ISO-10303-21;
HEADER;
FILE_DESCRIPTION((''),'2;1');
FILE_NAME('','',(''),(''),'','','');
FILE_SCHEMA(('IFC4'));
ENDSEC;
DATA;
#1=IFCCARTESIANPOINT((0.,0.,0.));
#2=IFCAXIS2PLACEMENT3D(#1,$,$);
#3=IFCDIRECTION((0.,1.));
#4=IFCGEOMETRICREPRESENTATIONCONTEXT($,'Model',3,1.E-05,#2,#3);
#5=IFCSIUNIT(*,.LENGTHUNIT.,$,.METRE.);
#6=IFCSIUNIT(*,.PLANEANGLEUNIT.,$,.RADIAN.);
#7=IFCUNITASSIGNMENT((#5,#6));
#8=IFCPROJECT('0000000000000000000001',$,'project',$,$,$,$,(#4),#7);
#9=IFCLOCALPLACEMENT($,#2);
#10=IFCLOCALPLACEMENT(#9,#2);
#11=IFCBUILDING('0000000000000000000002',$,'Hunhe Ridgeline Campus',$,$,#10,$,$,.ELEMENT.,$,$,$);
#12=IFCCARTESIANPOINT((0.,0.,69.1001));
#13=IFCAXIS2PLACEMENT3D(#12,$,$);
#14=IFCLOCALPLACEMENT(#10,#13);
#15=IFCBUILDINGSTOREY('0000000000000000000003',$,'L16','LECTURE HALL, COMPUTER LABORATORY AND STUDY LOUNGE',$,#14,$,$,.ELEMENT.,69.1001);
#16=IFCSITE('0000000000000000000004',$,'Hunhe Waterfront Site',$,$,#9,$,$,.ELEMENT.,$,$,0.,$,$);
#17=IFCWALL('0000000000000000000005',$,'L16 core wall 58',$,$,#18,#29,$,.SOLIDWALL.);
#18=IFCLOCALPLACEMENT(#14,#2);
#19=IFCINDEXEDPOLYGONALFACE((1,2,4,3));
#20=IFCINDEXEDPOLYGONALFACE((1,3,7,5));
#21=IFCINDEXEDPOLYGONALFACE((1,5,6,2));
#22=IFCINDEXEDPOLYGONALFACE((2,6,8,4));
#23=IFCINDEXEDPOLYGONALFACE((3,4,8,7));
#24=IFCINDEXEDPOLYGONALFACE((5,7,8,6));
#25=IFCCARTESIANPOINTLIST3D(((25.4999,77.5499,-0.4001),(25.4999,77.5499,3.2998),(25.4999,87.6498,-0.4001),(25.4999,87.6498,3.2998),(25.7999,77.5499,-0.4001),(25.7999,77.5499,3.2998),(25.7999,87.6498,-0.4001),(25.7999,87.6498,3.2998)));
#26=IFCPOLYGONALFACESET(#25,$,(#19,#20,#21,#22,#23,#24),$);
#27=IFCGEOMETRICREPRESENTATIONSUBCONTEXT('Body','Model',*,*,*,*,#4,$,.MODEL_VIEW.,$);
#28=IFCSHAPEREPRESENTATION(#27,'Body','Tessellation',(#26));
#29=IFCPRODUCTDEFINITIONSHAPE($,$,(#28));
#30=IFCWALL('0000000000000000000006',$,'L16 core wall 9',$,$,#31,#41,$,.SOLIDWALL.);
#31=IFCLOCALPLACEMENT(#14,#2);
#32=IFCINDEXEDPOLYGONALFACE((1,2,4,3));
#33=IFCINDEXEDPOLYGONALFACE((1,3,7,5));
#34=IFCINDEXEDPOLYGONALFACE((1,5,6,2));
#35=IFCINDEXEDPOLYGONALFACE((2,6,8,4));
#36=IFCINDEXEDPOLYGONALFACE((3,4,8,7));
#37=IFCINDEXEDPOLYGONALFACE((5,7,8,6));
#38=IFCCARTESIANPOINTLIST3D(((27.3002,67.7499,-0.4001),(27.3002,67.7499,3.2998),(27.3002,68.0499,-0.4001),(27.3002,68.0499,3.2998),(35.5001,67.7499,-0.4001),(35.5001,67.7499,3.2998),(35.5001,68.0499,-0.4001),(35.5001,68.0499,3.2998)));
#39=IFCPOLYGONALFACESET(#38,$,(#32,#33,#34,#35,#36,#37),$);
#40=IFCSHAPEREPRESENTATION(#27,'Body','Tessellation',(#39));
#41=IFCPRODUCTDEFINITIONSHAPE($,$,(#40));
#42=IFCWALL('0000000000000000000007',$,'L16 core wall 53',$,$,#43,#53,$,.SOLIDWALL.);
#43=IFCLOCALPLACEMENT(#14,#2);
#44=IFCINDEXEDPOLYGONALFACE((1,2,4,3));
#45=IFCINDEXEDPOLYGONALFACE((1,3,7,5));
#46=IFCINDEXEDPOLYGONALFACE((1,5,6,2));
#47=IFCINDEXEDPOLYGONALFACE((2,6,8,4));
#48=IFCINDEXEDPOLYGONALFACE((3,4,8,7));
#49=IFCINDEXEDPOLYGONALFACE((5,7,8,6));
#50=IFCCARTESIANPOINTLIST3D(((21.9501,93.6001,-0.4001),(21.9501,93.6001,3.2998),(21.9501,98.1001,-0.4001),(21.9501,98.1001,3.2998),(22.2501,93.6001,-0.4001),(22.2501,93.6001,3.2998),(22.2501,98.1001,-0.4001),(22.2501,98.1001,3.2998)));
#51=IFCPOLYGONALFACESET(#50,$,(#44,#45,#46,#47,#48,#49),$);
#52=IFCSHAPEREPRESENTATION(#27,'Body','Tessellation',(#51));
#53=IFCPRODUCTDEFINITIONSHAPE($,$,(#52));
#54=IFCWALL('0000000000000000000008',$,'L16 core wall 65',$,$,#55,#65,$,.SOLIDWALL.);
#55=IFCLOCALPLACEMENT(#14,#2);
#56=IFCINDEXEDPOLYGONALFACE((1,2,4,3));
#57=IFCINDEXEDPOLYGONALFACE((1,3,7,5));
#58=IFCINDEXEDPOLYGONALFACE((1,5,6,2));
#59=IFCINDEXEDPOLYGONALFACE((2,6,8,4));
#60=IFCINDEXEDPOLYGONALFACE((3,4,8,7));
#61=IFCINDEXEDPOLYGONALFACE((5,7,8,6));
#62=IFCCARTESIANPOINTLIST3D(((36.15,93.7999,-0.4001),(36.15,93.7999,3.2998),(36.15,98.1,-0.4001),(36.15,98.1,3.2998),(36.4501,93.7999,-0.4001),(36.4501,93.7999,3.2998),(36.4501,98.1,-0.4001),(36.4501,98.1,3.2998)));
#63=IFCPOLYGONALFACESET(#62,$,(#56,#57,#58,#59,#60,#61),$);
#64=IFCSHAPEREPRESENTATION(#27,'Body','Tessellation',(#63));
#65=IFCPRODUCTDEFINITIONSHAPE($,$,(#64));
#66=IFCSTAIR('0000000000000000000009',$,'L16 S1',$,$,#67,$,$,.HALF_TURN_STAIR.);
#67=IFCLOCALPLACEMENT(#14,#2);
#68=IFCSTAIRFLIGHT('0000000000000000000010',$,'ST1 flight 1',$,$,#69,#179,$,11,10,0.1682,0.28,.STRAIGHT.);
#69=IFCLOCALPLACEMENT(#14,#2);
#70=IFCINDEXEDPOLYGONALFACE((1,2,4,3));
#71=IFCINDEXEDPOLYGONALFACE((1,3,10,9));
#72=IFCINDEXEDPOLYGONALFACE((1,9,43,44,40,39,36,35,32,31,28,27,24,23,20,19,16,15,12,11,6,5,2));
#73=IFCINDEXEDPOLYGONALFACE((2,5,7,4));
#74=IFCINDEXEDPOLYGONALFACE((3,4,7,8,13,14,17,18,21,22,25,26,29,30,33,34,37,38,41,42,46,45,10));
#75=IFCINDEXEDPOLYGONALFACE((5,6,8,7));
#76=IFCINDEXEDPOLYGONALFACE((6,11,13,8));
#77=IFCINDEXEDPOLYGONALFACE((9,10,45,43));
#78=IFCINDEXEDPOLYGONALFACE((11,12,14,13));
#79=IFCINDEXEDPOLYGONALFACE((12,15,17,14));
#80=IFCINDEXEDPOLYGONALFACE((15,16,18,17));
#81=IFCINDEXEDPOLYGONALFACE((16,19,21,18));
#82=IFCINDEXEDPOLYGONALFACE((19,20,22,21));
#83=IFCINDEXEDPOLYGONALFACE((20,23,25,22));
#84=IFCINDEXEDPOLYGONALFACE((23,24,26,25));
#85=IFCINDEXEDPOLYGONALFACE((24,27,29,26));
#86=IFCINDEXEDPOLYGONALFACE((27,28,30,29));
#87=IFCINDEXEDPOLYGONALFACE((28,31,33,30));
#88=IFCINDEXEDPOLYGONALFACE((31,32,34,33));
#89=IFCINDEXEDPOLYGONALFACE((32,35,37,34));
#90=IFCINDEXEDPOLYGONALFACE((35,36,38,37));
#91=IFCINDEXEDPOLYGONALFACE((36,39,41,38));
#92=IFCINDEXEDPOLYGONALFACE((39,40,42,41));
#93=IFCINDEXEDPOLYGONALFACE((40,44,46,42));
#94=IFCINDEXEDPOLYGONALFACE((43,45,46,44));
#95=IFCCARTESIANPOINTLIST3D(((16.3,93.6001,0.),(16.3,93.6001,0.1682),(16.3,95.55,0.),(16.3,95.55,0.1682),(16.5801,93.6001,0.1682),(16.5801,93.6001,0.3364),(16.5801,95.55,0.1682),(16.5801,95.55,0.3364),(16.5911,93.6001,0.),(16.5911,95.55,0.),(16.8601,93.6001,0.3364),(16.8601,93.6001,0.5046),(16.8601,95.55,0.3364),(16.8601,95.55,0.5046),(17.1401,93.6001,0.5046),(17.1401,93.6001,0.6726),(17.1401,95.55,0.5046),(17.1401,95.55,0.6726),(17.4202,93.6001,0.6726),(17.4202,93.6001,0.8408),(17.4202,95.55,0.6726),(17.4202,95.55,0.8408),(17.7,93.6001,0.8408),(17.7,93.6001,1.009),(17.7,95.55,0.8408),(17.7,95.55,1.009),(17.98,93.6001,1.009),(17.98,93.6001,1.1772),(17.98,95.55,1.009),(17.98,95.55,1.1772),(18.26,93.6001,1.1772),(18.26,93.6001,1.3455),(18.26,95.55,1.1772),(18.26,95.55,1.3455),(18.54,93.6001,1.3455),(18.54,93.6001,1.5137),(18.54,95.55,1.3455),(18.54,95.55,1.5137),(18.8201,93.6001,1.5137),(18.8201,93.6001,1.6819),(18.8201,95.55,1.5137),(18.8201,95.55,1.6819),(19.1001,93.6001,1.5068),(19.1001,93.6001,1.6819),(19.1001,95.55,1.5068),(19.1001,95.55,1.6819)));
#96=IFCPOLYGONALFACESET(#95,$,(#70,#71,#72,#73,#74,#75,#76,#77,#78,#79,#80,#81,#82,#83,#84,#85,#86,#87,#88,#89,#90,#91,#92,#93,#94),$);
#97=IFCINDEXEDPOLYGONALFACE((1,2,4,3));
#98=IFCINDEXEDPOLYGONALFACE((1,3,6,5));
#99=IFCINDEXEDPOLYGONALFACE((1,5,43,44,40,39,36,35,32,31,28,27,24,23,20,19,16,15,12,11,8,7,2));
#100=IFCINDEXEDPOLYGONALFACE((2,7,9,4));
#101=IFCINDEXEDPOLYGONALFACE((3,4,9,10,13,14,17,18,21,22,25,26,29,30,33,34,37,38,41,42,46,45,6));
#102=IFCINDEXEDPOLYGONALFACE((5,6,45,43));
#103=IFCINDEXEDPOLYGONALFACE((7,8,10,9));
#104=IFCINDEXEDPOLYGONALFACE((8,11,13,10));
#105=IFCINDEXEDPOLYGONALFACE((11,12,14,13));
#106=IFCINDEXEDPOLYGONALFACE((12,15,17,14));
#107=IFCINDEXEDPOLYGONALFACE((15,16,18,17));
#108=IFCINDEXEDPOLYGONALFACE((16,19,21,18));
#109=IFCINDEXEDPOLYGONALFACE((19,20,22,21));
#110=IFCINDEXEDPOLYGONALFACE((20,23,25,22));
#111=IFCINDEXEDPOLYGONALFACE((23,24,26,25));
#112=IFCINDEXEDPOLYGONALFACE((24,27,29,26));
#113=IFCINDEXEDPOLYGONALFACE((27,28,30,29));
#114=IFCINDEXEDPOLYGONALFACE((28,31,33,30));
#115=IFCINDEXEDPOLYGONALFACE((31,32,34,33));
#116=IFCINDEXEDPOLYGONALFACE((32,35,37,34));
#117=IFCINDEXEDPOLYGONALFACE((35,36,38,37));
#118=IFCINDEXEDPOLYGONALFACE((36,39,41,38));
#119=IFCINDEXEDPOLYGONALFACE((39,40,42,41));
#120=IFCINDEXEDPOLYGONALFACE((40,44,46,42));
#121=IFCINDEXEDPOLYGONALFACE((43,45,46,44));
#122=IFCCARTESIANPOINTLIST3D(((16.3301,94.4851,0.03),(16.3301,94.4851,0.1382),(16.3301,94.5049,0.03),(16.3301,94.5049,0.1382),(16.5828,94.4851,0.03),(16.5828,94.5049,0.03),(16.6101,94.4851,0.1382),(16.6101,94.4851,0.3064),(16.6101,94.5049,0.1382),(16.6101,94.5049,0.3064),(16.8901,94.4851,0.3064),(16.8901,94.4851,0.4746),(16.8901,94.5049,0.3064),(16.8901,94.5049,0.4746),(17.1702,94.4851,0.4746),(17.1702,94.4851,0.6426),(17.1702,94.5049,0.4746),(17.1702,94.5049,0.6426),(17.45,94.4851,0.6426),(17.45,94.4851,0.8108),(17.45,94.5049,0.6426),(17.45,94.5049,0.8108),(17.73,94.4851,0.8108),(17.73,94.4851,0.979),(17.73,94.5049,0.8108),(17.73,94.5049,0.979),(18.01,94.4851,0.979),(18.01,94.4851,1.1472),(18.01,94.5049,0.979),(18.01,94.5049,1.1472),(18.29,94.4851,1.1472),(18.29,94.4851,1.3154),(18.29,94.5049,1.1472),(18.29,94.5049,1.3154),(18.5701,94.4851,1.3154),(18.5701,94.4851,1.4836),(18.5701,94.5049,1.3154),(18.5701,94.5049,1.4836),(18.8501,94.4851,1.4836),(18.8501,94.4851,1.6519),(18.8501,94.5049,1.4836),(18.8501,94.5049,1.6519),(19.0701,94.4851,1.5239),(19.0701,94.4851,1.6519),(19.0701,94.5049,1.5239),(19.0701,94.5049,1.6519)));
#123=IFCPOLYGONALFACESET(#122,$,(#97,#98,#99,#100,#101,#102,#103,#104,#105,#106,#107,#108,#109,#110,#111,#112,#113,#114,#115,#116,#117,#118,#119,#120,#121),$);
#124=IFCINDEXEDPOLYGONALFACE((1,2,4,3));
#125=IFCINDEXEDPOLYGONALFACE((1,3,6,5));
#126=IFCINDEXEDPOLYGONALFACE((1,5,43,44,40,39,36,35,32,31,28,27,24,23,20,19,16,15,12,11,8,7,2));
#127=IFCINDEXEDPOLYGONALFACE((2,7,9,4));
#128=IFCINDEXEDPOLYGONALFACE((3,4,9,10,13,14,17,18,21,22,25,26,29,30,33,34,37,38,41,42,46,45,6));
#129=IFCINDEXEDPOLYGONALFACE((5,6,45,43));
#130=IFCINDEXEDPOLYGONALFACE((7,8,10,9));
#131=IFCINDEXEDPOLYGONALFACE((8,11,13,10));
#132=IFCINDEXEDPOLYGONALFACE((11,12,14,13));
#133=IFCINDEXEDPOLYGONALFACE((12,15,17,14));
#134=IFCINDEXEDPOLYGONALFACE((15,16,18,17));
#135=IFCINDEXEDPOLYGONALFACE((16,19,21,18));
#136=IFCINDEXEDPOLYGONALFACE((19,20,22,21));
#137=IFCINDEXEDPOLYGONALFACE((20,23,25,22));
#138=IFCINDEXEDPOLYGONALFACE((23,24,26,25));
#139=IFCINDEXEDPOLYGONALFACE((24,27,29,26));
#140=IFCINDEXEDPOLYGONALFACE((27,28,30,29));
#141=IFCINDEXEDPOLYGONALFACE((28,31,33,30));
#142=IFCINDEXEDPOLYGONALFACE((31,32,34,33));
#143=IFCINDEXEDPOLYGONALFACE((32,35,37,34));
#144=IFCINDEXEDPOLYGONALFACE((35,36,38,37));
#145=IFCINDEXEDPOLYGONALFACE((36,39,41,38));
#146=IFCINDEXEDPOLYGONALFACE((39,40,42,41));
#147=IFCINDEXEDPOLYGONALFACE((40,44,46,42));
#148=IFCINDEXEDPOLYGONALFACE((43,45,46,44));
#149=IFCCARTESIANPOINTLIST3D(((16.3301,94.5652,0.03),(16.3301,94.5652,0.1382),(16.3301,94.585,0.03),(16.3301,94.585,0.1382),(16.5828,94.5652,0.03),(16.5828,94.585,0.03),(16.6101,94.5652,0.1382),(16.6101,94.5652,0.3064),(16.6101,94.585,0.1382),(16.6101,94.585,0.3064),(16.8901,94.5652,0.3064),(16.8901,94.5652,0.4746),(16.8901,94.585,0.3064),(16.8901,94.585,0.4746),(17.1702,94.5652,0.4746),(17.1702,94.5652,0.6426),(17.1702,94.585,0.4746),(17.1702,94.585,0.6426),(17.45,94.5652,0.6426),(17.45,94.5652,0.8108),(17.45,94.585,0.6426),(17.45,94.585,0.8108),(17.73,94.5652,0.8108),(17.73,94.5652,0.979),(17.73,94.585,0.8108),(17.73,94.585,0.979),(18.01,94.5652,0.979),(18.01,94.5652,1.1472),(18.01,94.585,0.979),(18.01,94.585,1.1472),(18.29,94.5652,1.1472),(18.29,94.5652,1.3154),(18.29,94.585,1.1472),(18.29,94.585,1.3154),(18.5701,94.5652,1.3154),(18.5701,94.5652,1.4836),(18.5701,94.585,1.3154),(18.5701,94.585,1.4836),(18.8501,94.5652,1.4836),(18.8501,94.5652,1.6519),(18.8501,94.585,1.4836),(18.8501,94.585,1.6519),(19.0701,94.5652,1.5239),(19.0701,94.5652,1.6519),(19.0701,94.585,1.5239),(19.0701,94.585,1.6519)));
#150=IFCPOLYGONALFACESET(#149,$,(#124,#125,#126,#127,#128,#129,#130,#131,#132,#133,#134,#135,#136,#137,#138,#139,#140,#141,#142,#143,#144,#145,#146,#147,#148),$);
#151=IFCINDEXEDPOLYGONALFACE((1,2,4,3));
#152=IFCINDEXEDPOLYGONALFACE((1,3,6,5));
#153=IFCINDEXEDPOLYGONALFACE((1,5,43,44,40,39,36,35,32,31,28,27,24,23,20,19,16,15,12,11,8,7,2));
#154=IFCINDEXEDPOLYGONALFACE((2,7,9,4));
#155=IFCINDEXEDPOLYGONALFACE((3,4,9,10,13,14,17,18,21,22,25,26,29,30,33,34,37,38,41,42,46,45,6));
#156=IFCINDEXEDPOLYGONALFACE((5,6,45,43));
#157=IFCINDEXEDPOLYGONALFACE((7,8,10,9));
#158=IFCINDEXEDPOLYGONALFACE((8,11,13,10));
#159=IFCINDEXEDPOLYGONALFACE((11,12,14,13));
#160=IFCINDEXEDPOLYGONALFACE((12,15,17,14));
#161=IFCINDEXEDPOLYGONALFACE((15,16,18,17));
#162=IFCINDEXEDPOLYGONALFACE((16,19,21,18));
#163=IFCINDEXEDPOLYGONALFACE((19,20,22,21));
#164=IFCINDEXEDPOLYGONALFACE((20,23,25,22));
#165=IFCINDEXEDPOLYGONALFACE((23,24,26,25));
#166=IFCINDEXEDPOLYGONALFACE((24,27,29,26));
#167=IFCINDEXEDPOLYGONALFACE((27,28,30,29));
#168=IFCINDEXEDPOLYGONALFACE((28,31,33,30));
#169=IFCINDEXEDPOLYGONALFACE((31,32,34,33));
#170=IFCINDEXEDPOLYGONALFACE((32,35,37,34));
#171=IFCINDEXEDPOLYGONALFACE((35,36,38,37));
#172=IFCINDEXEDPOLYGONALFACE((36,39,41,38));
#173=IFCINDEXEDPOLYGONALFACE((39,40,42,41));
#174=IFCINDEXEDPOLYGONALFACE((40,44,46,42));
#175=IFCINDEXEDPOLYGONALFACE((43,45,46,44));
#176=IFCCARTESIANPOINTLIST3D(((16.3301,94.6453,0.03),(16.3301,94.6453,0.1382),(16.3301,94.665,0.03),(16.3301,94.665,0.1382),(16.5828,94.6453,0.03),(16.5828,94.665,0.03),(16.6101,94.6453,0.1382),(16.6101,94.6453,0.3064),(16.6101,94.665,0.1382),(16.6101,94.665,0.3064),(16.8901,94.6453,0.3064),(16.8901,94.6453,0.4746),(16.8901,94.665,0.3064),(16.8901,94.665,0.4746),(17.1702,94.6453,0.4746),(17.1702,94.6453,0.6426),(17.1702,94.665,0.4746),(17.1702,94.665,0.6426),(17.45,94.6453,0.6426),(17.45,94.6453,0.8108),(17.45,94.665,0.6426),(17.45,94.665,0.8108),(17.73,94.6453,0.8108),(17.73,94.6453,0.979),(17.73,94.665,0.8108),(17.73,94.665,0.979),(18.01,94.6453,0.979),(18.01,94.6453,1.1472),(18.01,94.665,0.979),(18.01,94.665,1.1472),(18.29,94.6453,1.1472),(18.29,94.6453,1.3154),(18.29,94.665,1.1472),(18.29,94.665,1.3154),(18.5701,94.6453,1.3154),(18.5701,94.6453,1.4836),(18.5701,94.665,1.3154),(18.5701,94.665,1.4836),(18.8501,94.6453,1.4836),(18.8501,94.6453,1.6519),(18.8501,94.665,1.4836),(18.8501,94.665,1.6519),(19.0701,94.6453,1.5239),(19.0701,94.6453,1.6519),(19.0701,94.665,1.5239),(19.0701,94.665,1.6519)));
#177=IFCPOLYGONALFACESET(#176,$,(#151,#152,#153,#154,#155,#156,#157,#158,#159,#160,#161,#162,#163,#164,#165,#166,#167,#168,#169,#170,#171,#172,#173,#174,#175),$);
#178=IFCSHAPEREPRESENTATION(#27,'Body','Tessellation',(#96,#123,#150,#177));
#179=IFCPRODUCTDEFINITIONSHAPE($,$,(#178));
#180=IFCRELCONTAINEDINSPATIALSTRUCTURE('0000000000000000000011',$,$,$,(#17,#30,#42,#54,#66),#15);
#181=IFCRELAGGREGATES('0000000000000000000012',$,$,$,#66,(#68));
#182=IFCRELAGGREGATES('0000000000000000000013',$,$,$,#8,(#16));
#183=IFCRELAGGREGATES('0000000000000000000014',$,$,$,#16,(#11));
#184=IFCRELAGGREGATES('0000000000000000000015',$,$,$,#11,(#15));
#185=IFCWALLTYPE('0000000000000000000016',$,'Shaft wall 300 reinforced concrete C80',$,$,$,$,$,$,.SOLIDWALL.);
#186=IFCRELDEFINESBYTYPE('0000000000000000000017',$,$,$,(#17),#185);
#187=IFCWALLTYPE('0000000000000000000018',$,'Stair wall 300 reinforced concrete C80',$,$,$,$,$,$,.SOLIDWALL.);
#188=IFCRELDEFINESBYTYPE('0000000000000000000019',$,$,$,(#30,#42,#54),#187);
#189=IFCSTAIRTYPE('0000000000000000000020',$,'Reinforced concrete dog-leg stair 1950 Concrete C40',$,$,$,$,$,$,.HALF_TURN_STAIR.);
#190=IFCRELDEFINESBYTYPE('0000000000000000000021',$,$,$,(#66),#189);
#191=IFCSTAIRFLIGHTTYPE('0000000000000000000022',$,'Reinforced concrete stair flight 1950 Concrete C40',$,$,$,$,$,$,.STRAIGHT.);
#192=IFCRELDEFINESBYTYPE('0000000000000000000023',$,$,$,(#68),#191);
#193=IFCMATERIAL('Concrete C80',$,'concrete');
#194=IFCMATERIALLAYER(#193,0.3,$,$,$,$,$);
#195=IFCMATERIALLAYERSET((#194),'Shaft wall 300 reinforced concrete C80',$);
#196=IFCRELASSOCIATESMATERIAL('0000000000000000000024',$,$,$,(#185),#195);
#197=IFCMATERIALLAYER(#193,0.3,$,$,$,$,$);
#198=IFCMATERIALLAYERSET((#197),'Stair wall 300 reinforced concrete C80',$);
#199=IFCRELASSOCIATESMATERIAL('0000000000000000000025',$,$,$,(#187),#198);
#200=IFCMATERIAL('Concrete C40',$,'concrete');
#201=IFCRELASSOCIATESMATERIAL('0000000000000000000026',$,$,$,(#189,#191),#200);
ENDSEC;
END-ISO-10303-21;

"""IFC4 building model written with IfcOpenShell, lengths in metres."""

from ifc_helpers import new_model, si_unit, direction, frame, frame_2d, origin, place, context, subcontext, project, spatial, polyline, rectangle, outline, extrude, material, layer, layer_set, type_object, element, aggregate, save


model = new_model("IFC4")

# Units and contexts
model_context = context("Model", 3, precision=1e-05, world=origin(), true_north=direction((0.0, 1.0)))
body_context = subcontext(model_context, "Body", "Model", "MODEL_VIEW")
ifc_project = project(units=[si_unit("LENGTHUNIT", "METRE"), si_unit("PLANEANGLEUNIT", "RADIAN")], contexts=[model_context])

# Site, building, storey
site_placement = place(None, origin())
site = spatial("IfcSite", under=ifc_project, at=site_placement, Name="Hunhe Waterfront Site", CompositionType="ELEMENT", RefElevation=0.0)
building_placement = place(site_placement, origin())
building = spatial("IfcBuilding", under=site, at=building_placement, Name="Hunhe Ridgeline Campus", CompositionType="ELEMENT")
storey_placement = place(building_placement, frame((0.0, 0.0, 69.1001)))
storey = spatial("IfcBuildingStorey", under=building, at=storey_placement, Name="L16", Description="LECTURE HALL, COMPUTER LABORATORY AND STUDY LOUNGE", CompositionType="ELEMENT", Elevation=69.1001)

# Walls
ifc_material_1 = material(Name="Concrete C80", Category="concrete")
ifc_layer_1 = layer(ifc_material_1, 0.3)
ifc_layer_set_1 = layer_set([ifc_layer_1], Name="Shaft wall 300 reinforced concrete C80")
wall_type_1 = type_object("IfcWallType", Name="Shaft wall 300 reinforced concrete C80", PredefinedType="SOLIDWALL", material=ifc_layer_set_1)
for number, where, z_axis, x_axis, name in (
    (1, (25.6499, 77.55, -0.4001), (0.0, 0.0, 1.0), (0.0, 1.0, 0.0), "L16 core wall 58"),
):
    element("IfcWall", number, at=place(storey_placement, frame(where, z_axis=z_axis, x_axis=x_axis)), inside=storey, type_object=wall_type_1, Name=name, PredefinedType="SOLIDWALL", context=body_context, shape_type="SweptSolid", body=[
        extrude(rectangle(XDim=10.0999, YDim=0.3, at=frame_2d((5.0498, 0.0))), origin(), (0.0, 0.0, 1.0), 3.7),
    ])
ifc_layer_2 = layer(ifc_material_1, 0.3)
ifc_layer_set_2 = layer_set([ifc_layer_2], Name="Stair wall 300 reinforced concrete C80")
wall_type_2 = type_object("IfcWallType", Name="Stair wall 300 reinforced concrete C80", PredefinedType="SOLIDWALL", material=ifc_layer_set_2)
wall_1_placement = place(storey_placement, frame((27.3, 67.8999, -0.4001), z_axis=(0.0, 0.0, 1.0), x_axis=(1.0, 0.0, 0.0)))
element("IfcWall", 2, at=wall_1_placement, inside=storey, type_object=wall_type_2, Name="L16 core wall 9", PredefinedType="SOLIDWALL", context=body_context, shape_type="SweptSolid", body=[
    extrude(rectangle(XDim=8.2, YDim=0.3, at=frame_2d((4.1001, 0.0))), origin(), (0.0, 0.0, 1.0), 3.7),
])

# Walls
wall_2_placement = place(storey_placement, frame((22.1001, 93.6001, -0.4001), z_axis=(0.0, 0.0, 1.0), x_axis=(0.0, 1.0, 0.0)))
element("IfcWall", 3, at=wall_2_placement, inside=storey, type_object=wall_type_2, Name="L16 core wall 53", PredefinedType="SOLIDWALL", context=body_context, shape_type="SweptSolid", body=[
    extrude(rectangle(XDim=4.5, YDim=0.3, at=frame_2d((2.25, 0.0))), origin(), (0.0, 0.0, 1.0), 3.7),
])
wall_3_placement = place(storey_placement, frame((36.3, 93.8, -0.4001), z_axis=(0.0, 0.0, 1.0), x_axis=(0.0, 1.0, 0.0)))
element("IfcWall", 4, at=wall_3_placement, inside=storey, type_object=wall_type_2, Name="L16 core wall 65", PredefinedType="SOLIDWALL", context=body_context, shape_type="SweptSolid", body=[
    extrude(rectangle(XDim=4.3, YDim=0.3, at=frame_2d((2.1499, 0.0))), origin(), (0.0, 0.0, 1.0), 3.7),
])

# Stair, stair flight
ifc_material_2 = material(Name="Concrete C40", Category="concrete")
stair_type = type_object("IfcStairType", Name="Reinforced concrete dog-leg stair 1950 Concrete C40", PredefinedType="HALF_TURN_STAIR", material=ifc_material_2)
stair_1_placement = place(storey_placement, origin())
stair_1 = element("IfcStair", 5, at=stair_1_placement, inside=storey, type_object=stair_type, Name="L16 S1", PredefinedType="HALF_TURN_STAIR")
stair_flight_type = type_object("IfcStairFlightType", Name="Reinforced concrete stair flight 1950 Concrete C40", PredefinedType="STRAIGHT", material=ifc_material_2)
stair_flight_1_placement = place(storey_placement, frame((16.3, 94.575, 0.0), z_axis=(0.0, 0.0, 1.0), x_axis=(1.0, 0.0, 0.0)))
stair_flight_1 = element("IfcStairFlight", 6, at=stair_flight_1_placement, type_object=stair_flight_type, Name="ST1 flight 1", NumberOfRisers=11, NumberOfTreads=10, PredefinedType="STRAIGHT", RiserHeight=0.1682, TreadLength=0.28, context=body_context, shape_type="SweptSolid", body=[
    extrude(outline(polyline([(0.0, 0.0), (0.0, 0.1682), (0.28, 0.1682), (0.28, 0.3364), (0.5601, 0.3364), (0.5601, 0.5046), (0.8401, 0.5046), (0.8401, 0.6726), (1.1201, 0.6726), (1.1201, 0.8408), (1.3999, 0.8408), (1.3999, 1.009), (1.6799, 1.009), (1.6799, 1.1772), (1.96, 1.1772), (1.96, 1.3455), (2.24, 1.3455), (2.24, 1.5137), (2.52, 1.5137), (2.52, 1.6819), (2.8, 1.6819), (2.8, 1.8501), (2.8, 1.5068), (0.291, 0.0), (0.0, 0.0)])), frame((0.0, 0.9751, 0.0), z_axis=(0.0, -1.0, 0.0), x_axis=(1.0, 0.0, 0.0)), (0.0, 0.0, 1.0), 1.95),
    extrude(outline(polyline([(0.03, 0.03), (0.03, 0.1382), (0.3101, 0.1382), (0.3101, 0.3064), (0.5901, 0.3064), (0.5901, 0.4746), (0.8701, 0.4746), (0.8701, 0.6426), (1.1499, 0.6426), (1.1499, 0.8108), (1.4299, 0.8108), (1.4299, 0.979), (1.71, 0.979), (1.71, 1.1472), (1.99, 1.1472), (1.99, 1.3154), (2.27, 1.3154), (2.27, 1.4836), (2.55, 1.4836), (2.55, 1.6519), (2.77, 1.6519), (2.77, 1.5239), (0.2827, 0.03), (0.03, 0.03)])), frame((0.0, -0.0701, 0.0), z_axis=(0.0, -1.0, 0.0), x_axis=(1.0, 0.0, 0.0)), (0.0, 0.0, 1.0), 0.0198),
    extrude(outline(polyline([(0.03, 0.03), (0.03, 0.1382), (0.3101, 0.1382), (0.3101, 0.3064), (0.5901, 0.3064), (0.5901, 0.4746), (0.8701, 0.4746), (0.8701, 0.6426), (1.1499, 0.6426), (1.1499, 0.8108), (1.4299, 0.8108), (1.4299, 0.979), (1.71, 0.979), (1.71, 1.1472), (1.99, 1.1472), (1.99, 1.3154), (2.27, 1.3154), (2.27, 1.4836), (2.55, 1.4836), (2.55, 1.6519), (2.77, 1.6519), (2.77, 1.5239), (0.2827, 0.03), (0.03, 0.03)])), frame((0.0, 0.01, 0.0), z_axis=(0.0, -1.0, 0.0), x_axis=(1.0, 0.0, 0.0)), (0.0, 0.0, 1.0), 0.0198),
    extrude(outline(polyline([(0.03, 0.03), (0.03, 0.1382), (0.3101, 0.1382), (0.3101, 0.3064), (0.5901, 0.3064), (0.5901, 0.4746), (0.8701, 0.4746), (0.8701, 0.6426), (1.1499, 0.6426), (1.1499, 0.8108), (1.4299, 0.8108), (1.4299, 0.979), (1.71, 0.979), (1.71, 1.1472), (1.99, 1.1472), (1.99, 1.3154), (2.27, 1.3154), (2.27, 1.4836), (2.55, 1.4836), (2.55, 1.6519), (2.77, 1.6519), (2.77, 1.5239), (0.2827, 0.03), (0.03, 0.03)])), frame((0.0, 0.0901, 0.0), z_axis=(0.0, -1.0, 0.0), x_axis=(1.0, 0.0, 0.0)), (0.0, 0.0, 1.0), 0.0198),
])
aggregate(stair_1, [stair_flight_1])

save(model, "model.ifc")
